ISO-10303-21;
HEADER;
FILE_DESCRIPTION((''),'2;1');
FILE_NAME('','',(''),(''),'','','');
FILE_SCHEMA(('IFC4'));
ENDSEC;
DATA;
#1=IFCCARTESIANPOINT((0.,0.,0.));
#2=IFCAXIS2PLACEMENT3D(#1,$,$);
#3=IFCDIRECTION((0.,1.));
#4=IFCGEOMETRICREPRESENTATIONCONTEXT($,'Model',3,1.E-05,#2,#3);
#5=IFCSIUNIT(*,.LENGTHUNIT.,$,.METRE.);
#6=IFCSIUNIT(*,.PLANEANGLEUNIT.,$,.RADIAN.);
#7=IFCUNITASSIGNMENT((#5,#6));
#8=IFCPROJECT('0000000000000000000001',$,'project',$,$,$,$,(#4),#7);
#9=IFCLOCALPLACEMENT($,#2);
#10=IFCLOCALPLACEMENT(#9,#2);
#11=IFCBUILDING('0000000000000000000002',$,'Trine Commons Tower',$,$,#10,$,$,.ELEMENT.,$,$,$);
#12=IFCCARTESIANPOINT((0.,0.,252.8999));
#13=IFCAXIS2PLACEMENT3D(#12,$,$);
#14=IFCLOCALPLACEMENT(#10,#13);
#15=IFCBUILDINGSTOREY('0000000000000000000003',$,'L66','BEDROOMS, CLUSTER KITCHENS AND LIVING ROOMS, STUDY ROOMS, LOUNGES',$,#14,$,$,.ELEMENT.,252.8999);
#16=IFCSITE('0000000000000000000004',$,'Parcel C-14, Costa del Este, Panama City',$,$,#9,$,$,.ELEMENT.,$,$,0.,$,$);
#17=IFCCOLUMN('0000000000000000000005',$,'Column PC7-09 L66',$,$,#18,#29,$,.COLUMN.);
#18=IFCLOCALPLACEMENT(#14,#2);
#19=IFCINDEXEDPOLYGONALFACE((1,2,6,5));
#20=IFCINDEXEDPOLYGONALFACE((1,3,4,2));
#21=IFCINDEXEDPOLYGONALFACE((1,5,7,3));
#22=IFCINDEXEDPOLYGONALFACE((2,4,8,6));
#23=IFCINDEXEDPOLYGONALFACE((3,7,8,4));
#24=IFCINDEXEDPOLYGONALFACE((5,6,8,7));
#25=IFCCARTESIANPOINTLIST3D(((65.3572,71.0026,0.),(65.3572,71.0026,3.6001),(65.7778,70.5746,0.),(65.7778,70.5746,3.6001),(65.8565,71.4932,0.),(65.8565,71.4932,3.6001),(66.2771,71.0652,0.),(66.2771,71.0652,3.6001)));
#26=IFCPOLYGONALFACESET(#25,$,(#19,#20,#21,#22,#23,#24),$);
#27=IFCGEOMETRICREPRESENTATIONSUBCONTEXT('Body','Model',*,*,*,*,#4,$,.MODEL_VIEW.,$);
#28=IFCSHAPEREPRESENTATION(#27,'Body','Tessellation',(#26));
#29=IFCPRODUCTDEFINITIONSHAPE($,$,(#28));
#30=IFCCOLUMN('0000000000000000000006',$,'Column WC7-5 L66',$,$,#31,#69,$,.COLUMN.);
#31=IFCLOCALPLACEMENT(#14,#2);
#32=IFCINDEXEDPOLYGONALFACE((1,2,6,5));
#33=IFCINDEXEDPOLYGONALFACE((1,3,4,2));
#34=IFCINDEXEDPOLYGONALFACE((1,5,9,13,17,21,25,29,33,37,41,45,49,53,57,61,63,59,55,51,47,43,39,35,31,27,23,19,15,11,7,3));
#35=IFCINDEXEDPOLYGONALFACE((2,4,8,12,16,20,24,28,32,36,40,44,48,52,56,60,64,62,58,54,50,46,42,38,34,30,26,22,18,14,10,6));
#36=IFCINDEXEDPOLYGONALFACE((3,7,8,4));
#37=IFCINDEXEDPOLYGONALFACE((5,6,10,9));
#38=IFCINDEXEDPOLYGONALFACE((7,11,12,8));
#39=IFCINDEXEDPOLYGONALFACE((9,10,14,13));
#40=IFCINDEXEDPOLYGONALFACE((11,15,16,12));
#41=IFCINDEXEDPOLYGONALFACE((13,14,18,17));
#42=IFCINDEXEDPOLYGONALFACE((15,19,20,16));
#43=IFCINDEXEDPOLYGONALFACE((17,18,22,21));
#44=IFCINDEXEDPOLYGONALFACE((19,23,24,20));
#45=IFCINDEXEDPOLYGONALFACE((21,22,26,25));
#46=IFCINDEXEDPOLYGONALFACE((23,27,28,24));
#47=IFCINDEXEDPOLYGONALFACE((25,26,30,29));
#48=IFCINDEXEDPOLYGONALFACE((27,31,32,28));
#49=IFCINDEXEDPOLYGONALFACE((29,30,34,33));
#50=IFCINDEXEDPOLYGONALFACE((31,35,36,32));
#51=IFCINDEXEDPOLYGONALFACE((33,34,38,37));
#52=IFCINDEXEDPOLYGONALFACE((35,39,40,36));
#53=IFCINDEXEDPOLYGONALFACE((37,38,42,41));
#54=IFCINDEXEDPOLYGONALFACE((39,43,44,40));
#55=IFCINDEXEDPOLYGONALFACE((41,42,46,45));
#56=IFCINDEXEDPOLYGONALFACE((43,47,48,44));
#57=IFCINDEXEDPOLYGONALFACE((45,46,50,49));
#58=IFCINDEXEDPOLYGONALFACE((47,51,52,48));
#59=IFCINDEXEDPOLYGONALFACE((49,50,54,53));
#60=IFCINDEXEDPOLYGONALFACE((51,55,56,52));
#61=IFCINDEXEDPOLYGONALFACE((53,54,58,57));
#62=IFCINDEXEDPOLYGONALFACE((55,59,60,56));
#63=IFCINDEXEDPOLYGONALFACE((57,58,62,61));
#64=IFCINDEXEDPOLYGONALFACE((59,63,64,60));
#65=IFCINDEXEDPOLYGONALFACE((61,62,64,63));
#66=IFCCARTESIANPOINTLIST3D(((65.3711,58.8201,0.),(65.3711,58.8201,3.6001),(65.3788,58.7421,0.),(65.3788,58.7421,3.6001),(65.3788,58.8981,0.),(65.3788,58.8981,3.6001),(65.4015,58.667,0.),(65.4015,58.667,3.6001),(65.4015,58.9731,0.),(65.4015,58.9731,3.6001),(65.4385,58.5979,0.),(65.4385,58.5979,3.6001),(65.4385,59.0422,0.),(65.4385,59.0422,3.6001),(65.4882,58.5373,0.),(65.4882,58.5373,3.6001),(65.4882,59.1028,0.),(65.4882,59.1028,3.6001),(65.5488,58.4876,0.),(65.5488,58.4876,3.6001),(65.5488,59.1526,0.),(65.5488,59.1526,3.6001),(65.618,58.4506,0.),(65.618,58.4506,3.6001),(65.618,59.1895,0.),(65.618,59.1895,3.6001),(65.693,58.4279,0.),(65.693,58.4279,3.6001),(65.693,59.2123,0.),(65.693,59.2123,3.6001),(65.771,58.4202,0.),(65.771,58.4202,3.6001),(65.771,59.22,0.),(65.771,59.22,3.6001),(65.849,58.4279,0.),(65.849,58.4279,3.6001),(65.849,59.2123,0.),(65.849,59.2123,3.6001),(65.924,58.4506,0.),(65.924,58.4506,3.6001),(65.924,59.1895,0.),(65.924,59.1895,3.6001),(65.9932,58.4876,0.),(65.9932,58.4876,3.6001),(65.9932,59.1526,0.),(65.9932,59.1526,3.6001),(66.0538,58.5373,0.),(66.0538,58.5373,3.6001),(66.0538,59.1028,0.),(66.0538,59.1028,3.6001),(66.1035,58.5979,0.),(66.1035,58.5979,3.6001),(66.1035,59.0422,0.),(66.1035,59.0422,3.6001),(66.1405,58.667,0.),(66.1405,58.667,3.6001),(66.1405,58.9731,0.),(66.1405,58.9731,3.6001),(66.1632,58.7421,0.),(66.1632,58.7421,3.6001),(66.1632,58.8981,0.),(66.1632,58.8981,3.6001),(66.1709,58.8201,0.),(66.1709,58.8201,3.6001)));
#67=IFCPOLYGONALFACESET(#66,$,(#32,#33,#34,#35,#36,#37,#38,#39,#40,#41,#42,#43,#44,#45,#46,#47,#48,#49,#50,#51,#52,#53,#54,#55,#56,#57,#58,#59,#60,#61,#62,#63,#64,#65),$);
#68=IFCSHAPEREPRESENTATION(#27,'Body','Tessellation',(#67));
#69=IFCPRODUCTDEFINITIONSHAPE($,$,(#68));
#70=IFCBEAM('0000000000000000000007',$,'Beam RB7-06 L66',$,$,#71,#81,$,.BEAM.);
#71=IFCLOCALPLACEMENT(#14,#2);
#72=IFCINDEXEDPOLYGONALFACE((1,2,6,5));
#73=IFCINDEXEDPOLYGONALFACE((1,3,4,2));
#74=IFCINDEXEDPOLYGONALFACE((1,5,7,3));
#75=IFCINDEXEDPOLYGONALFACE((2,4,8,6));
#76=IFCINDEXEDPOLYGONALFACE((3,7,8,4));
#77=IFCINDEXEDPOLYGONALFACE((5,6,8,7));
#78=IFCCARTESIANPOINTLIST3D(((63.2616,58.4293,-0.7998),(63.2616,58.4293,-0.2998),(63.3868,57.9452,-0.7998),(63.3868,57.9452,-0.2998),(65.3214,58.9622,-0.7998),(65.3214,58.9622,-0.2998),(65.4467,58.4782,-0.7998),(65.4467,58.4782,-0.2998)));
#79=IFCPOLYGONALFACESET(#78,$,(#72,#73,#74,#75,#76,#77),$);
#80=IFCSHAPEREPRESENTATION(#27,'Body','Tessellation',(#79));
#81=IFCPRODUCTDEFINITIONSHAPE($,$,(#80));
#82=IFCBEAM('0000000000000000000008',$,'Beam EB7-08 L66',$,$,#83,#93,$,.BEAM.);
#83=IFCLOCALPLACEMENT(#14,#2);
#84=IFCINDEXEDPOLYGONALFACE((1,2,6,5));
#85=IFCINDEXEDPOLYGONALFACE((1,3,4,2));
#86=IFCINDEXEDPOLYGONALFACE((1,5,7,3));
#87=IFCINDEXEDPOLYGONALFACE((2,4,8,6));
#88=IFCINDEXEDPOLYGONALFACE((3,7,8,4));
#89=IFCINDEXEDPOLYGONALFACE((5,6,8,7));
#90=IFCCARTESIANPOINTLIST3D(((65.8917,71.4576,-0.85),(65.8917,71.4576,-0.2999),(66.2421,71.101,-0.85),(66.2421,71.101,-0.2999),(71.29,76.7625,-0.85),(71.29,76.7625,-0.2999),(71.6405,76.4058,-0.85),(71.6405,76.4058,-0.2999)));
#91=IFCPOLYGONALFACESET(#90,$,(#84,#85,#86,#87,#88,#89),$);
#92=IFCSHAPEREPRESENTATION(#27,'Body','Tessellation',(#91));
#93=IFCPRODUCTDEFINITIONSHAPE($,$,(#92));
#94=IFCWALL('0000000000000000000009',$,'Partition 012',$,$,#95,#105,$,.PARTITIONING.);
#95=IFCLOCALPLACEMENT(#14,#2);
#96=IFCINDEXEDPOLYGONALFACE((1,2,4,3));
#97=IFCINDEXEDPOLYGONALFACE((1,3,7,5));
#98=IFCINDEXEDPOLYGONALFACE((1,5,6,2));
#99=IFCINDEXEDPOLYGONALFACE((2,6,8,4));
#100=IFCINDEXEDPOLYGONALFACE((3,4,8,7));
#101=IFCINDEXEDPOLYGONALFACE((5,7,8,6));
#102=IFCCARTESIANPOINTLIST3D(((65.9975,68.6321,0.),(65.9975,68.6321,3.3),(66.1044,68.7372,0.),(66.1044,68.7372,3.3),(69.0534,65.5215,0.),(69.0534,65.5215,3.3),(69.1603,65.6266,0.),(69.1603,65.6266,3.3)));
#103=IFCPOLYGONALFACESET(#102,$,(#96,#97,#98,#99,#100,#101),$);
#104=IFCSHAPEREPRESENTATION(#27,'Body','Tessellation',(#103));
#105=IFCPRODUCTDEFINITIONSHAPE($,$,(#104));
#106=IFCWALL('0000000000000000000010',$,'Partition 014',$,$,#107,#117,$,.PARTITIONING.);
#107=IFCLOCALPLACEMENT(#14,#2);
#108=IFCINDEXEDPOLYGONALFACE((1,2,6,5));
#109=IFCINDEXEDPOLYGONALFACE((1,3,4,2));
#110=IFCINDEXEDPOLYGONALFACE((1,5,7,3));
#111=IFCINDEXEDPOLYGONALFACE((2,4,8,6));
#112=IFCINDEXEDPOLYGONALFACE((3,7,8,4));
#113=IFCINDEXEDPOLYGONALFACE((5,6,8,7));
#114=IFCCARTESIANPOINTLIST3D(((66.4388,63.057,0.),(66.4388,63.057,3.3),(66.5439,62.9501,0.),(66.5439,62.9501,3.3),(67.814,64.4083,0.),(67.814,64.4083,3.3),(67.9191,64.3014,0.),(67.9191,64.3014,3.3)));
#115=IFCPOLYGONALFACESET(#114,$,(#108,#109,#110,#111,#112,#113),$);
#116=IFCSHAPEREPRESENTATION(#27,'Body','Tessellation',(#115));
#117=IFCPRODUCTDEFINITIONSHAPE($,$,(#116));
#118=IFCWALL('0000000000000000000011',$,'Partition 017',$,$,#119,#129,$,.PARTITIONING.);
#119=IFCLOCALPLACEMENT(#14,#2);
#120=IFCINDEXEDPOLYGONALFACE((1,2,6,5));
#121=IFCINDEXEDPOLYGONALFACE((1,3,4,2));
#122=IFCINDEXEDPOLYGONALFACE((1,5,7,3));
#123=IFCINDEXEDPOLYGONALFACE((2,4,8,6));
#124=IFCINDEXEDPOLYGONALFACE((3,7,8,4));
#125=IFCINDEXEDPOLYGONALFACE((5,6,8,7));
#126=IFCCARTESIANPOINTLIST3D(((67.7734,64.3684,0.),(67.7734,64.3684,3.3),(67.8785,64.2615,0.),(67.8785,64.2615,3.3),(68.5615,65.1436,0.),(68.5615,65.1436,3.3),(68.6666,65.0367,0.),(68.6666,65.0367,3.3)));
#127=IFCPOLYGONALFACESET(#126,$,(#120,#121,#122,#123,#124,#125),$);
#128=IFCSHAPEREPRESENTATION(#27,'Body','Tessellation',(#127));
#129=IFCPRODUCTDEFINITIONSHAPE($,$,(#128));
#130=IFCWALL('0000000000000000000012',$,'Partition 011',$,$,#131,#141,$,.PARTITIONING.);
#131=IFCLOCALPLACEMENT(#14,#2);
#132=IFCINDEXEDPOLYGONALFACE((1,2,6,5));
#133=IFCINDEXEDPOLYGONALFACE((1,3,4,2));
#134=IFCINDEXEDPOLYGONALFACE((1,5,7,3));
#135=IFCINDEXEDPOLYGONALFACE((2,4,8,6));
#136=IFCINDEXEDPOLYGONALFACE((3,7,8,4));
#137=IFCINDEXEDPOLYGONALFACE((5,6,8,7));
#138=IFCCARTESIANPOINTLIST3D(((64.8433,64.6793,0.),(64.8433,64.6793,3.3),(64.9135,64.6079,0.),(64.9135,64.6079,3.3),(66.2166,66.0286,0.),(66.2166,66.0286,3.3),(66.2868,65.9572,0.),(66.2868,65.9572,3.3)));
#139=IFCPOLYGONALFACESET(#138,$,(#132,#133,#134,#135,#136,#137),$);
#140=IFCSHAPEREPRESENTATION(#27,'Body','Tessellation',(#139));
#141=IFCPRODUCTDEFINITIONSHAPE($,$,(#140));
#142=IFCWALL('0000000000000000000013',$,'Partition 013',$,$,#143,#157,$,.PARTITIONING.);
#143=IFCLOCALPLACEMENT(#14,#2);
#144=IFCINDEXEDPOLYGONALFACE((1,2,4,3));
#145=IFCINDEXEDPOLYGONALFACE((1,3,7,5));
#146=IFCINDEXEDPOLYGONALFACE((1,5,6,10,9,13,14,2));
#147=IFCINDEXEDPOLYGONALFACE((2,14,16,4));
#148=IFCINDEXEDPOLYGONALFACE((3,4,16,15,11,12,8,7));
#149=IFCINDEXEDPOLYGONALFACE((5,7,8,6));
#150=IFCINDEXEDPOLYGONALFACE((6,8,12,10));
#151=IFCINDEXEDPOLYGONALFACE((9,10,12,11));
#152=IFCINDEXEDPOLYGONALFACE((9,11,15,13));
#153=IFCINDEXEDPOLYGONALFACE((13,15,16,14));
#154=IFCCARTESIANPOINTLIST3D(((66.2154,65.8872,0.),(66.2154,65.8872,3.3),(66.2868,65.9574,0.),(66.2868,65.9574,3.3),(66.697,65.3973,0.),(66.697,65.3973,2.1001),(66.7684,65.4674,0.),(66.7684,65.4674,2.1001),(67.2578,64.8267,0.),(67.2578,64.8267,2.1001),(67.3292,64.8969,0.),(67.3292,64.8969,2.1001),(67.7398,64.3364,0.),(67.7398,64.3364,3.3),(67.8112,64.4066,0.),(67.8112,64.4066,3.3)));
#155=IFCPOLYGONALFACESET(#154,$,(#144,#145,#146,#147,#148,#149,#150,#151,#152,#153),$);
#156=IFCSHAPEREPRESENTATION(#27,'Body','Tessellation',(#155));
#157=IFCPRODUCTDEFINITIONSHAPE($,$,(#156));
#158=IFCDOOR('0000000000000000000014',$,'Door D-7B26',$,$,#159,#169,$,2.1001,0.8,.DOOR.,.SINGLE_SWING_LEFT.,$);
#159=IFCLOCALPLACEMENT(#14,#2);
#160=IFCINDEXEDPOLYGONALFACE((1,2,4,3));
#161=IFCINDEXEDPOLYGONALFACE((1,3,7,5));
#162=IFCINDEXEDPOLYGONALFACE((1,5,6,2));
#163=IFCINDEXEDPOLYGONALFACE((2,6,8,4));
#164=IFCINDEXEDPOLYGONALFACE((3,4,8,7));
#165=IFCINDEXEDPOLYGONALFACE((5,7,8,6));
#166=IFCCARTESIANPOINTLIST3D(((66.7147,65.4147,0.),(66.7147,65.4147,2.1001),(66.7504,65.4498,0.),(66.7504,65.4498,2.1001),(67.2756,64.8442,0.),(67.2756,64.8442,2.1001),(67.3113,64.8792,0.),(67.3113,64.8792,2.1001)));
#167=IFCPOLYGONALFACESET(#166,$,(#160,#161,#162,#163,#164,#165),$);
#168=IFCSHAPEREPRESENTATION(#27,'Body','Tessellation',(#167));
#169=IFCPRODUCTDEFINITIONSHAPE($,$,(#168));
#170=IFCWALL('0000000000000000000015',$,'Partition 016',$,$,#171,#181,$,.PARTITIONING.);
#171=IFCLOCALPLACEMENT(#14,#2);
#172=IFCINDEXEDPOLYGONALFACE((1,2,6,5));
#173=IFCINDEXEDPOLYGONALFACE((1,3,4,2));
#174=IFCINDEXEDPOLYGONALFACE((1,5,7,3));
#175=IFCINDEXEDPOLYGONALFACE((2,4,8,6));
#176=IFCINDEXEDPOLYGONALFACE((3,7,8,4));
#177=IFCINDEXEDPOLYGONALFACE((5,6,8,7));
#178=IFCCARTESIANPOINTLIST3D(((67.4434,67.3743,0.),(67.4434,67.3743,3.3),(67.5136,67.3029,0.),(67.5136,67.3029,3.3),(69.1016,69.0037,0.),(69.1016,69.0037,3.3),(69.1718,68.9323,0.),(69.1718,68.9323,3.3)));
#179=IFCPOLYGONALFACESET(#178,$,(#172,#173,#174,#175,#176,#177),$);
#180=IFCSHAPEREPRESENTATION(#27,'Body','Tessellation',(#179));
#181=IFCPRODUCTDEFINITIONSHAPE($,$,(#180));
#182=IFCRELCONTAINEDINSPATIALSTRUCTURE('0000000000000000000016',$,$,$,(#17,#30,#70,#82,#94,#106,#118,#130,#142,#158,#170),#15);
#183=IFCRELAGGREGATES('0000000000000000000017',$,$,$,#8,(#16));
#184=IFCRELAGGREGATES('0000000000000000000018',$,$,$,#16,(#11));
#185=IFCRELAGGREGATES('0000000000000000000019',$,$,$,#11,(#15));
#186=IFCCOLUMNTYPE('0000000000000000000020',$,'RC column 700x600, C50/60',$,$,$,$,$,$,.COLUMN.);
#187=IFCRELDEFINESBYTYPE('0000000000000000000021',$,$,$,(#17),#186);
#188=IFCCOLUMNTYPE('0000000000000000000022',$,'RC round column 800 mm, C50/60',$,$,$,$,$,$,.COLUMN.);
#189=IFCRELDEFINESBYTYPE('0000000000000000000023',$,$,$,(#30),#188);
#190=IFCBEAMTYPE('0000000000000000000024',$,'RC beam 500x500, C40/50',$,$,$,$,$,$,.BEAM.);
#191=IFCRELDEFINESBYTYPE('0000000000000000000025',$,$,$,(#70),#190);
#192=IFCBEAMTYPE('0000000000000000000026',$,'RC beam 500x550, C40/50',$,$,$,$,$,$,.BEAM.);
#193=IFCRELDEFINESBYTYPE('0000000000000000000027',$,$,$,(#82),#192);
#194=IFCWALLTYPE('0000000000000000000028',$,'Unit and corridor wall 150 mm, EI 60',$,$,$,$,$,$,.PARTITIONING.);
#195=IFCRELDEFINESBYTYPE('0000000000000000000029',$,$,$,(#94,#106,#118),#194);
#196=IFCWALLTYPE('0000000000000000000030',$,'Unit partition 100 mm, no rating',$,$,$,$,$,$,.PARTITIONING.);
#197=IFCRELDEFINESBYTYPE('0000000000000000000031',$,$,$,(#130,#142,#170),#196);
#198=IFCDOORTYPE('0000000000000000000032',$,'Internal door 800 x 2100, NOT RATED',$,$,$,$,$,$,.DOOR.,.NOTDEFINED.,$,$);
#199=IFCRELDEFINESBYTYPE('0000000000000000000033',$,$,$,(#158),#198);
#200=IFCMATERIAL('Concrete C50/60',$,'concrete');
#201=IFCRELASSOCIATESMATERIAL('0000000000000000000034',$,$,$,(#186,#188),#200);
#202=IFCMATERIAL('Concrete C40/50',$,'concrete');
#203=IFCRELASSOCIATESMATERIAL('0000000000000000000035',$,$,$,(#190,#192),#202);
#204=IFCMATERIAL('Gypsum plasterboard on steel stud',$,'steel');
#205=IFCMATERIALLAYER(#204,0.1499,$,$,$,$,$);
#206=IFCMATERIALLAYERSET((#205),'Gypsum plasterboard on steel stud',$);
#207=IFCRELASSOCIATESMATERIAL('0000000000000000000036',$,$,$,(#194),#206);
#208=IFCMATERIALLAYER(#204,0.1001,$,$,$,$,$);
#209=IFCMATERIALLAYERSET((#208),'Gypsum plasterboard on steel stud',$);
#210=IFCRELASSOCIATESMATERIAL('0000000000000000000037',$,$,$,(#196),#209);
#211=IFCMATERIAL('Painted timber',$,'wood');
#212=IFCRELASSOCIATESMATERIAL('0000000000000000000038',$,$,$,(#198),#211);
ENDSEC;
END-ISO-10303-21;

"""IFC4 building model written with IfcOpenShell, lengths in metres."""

from ifc_helpers import new_model, si_unit, direction, frame, frame_2d, origin, origin_2d, place, context, subcontext, project, spatial, rectangle, circle, extrude, material, layer, layer_set, material_profile, profile_set, type_object, element, fill, save


model = new_model("IFC4")

# Units and contexts
model_context = context("Model", 3, precision=1e-05, world=origin(), true_north=direction((0.0, 1.0)))
body_context = subcontext(model_context, "Body", "Model", "MODEL_VIEW")
ifc_project = project(units=[si_unit("LENGTHUNIT", "METRE"), si_unit("PLANEANGLEUNIT", "RADIAN")], contexts=[model_context])

# Site, building, storey
site_placement = place(None, origin())
site = spatial("IfcSite", under=ifc_project, at=site_placement, Name="Parcel C-14, Costa del Este, Panama City", CompositionType="ELEMENT", RefElevation=0.0)
building_placement = place(site_placement, origin())
building = spatial("IfcBuilding", under=site, at=building_placement, Name="Trine Commons Tower", CompositionType="ELEMENT")
storey_placement = place(building_placement, frame((0.0, 0.0, 252.8999)))
storey = spatial("IfcBuildingStorey", under=building, at=storey_placement, Name="L66", Description="BEDROOMS, CLUSTER KITCHENS AND LIVING ROOMS, STUDY ROOMS, LOUNGES", CompositionType="ELEMENT", Elevation=252.8999)

# Columns
ifc_material_1 = material(Name="Concrete C50/60", Category="concrete")
ifc_material_profile_1 = material_profile(ifc_material_1, rectangle(XDim=0.7, YDim=0.6001, at=origin_2d()), Name="RC 700x600")
ifc_profile_set_1 = profile_set([ifc_material_profile_1], Name="Concrete C50/60")
column_type_1 = type_object("IfcColumnType", Name="RC column 700x600, C50/60", PredefinedType="COLUMN", material=ifc_profile_set_1)
column_1_placement = place(storey_placement, frame((65.8171, 71.0339, 0.0), z_axis=(0.0, 0.0, 1.0), x_axis=(0.71325, 0.700909, 0.0)))
element("IfcColumn", 1, at=column_1_placement, inside=storey, type_object=column_type_1, Name="Column PC7-09 L66", PredefinedType="COLUMN", context=body_context, shape_type="SweptSolid", body=[
    extrude(rectangle(XDim=0.7, YDim=0.6001, at=origin_2d()), origin(), (0.0, 0.0, 1.0), 3.6001),
])
ifc_material_profile_2 = material_profile(ifc_material_1, circle(Radius=0.3999, at=origin_2d()), Name="RC round 800")
ifc_profile_set_2 = profile_set([ifc_material_profile_2], Name="Concrete C50/60")
column_type_2 = type_object("IfcColumnType", Name="RC round column 800 mm, C50/60", PredefinedType="COLUMN", material=ifc_profile_set_2)
column_2_placement = place(storey_placement, frame((65.771, 58.8201, 0.0), z_axis=(0.0, 0.0, 1.0), x_axis=(1.0, 0.0, 0.0)))
element("IfcColumn", 2, at=column_2_placement, inside=storey, type_object=column_type_2, Name="Column WC7-5 L66", PredefinedType="COLUMN", context=body_context, shape_type="SweptSolid", body=[
    extrude(circle(Radius=0.3999, at=origin_2d()), origin(), (0.0, 0.0, 1.0), 3.6001),
])

# Beams
ifc_material_2 = material(Name="Concrete C40/50", Category="concrete")
ifc_material_profile_3 = material_profile(ifc_material_2, rectangle(XDim=0.5, YDim=0.5, at=origin_2d()), Name="RC 500x500")
ifc_profile_set_3 = profile_set([ifc_material_profile_3], Name="Concrete C40/50")
beam_type_1 = type_object("IfcBeamType", Name="RC beam 500x500, C40/50", PredefinedType="BEAM", material=ifc_profile_set_3)
beam_1_placement = place(storey_placement, frame((65.384, 58.7202, -0.5498), z_axis=(-0.968119, -0.250492, 0.0), x_axis=(0.250492, -0.968119, 0.0)))
element("IfcBeam", 3, at=beam_1_placement, inside=storey, type_object=beam_type_1, Name="Beam RB7-06 L66", PredefinedType="BEAM", context=body_context, shape_type="SweptSolid", body=[
    extrude(rectangle(XDim=0.5, YDim=0.5, at=origin_2d()), origin(), (0.0, 0.0, 1.0), 2.1277),
])
ifc_material_profile_4 = material_profile(ifc_material_2, rectangle(XDim=0.5, YDim=0.55, at=origin_2d()), Name="RC 500x550")
ifc_profile_set_4 = profile_set([ifc_material_profile_4], Name="Concrete C40/50")
beam_type_2 = type_object("IfcBeamType", Name="RC beam 500x550, C40/50", PredefinedType="BEAM", material=ifc_profile_set_4)
beam_2_placement = place(storey_placement, frame((66.0669, 71.2793, -0.575), z_axis=(0.713257, 0.700903, 0.0), x_axis=(-0.700903, 0.713257, 0.0)))
element("IfcBeam", 4, at=beam_2_placement, inside=storey, type_object=beam_type_2, Name="Beam EB7-08 L66", PredefinedType="BEAM", context=body_context, shape_type="SweptSolid", body=[
    extrude(rectangle(XDim=0.5, YDim=0.55, at=origin_2d()), origin(), (0.0, 0.0, 1.0), 7.5686),
])

# Walls
ifc_material_3 = material(Name="Gypsum plasterboard on steel stud", Category="steel")
ifc_layer_1 = layer(ifc_material_3, 0.1499)
ifc_layer_set_1 = layer_set([ifc_layer_1], Name="Gypsum plasterboard on steel stud")
wall_type_1 = type_object("IfcWallType", Name="Unit and corridor wall 150 mm, EI 60", PredefinedType="PARTITIONING", material=ifc_layer_set_1)
wall_1_placement = place(storey_placement, frame((66.051, 68.6846, 0.0), z_axis=(0.0, 0.0, 1.0), x_axis=(0.700808, -0.71335, 0.0)))
element("IfcWall", 5, at=wall_1_placement, inside=storey, type_object=wall_type_1, Name="Partition 012", PredefinedType="PARTITIONING", context=body_context, shape_type="SweptSolid", body=[
    extrude(rectangle(XDim=4.3606, YDim=0.1499, at=frame_2d((2.1802, 0.0))), origin(), (0.0, 0.0, 1.0), 3.3),
])
wall_2_placement = place(storey_placement, frame((66.4915, 63.0037, 0.0), z_axis=(0.0, 0.0, 1.0), x_axis=(0.713284, 0.700875, 0.0)))
element("IfcWall", 6, at=wall_2_placement, inside=storey, type_object=wall_type_1, Name="Partition 014", PredefinedType="PARTITIONING", context=body_context, shape_type="SweptSolid", body=[
    extrude(rectangle(XDim=1.928, YDim=0.1499, at=frame_2d((0.9639, 0.0))), origin(), (0.0, 0.0, 1.0), 3.3),
])
wall_3_placement = place(storey_placement, frame((67.8259, 64.3149, 0.0), z_axis=(0.0, 0.0, 1.0), x_axis=(0.712935, 0.70123, 0.0)))
element("IfcWall", 7, at=wall_3_placement, inside=storey, type_object=wall_type_1, Name="Partition 017", PredefinedType="PARTITIONING", context=body_context, shape_type="SweptSolid", body=[
    extrude(rectangle(XDim=1.1055, YDim=0.1499, at=frame_2d((0.5527, 0.0))), origin(), (0.0, 0.0, 1.0), 3.3),
])
ifc_layer_2 = layer(ifc_material_3, 0.1001)
ifc_layer_set_2 = layer_set([ifc_layer_2], Name="Gypsum plasterboard on steel stud")
wall_type_2 = type_object("IfcWallType", Name="Unit partition 100 mm, no rating", PredefinedType="PARTITIONING", material=ifc_layer_set_2)
wall_4_placement = place(storey_placement, frame((64.8784, 64.6436, 0.0), z_axis=(0.0, 0.0, 1.0), x_axis=(0.713293, 0.700866, 0.0)))
element("IfcWall", 8, at=wall_4_placement, inside=storey, type_object=wall_type_2, Name="Partition 011", PredefinedType="PARTITIONING", context=body_context, shape_type="SweptSolid", body=[
    extrude(rectangle(XDim=1.9253, YDim=0.1001, at=frame_2d((0.9626, 0.0))), origin(), (0.0, 0.0, 1.0), 3.3),
])

# Wall, opening, door
wall_5_placement = place(storey_placement, frame((66.251, 65.9224, 0.0), z_axis=(0.0, 0.0, 1.0), x_axis=(0.701018, -0.713143, 0.0)))
wall_5 = element("IfcWall", 9, at=wall_5_placement, inside=storey, type_object=wall_type_2, Name="Partition 013", PredefinedType="PARTITIONING", context=body_context, shape_type="SweptSolid", body=[
    extrude(rectangle(XDim=2.1746, YDim=0.1001, at=frame_2d((1.0874, 0.0))), origin(), (0.0, 0.0, 1.0), 3.3),
])
opening_placement = place(wall_5_placement, frame((0.6873, 0.0, 0.0)))
opening = element("IfcOpeningElement", 10, at=opening_placement, cuts=wall_5, PredefinedType="OPENING", context=body_context, shape_type="SweptSolid", body=[
    extrude(rectangle(XDim=0.8, YDim=2.1001, at=frame_2d((0.3999, 1.05))), frame((0.0, 0.0601, 0.0), z_axis=(0.0, -1.0, 0.0), x_axis=(1.0, 0.0, 0.0)), (0.0, 0.0, 1.0), 0.1201),
])
ifc_material_4 = material(Name="Painted timber", Category="wood")
door_type = type_object("IfcDoorType", Name="Internal door 800 x 2100, NOT RATED", OperationType="NOTDEFINED", PredefinedType="DOOR", material=ifc_material_4)
door_placement = place(opening_placement, origin())
door = element("IfcDoor", 11, at=door_placement, inside=storey, type_object=door_type, Name="Door D-7B26", OperationType="SINGLE_SWING_LEFT", OverallHeight=2.1001, OverallWidth=0.8, PredefinedType="DOOR", context=body_context, shape_type="SweptSolid", body=[
    extrude(rectangle(XDim=0.8, YDim=2.1001, at=frame_2d((0.3999, 1.05))), frame((0.0, 0.0249, 0.0), z_axis=(0.0, -1.0, 0.0), x_axis=(1.0, 0.0, 0.0)), (0.0, 0.0, 1.0), 0.05),
])
fill(opening, door)

# Wall
wall_6_placement = place(storey_placement, frame((67.4785, 67.3386, 0.0), z_axis=(0.0, 0.0, 1.0), x_axis=(0.713276, 0.700884, 0.0)))
element("IfcWall", 12, at=wall_6_placement, inside=storey, type_object=wall_type_2, Name="Partition 016", PredefinedType="PARTITIONING", context=body_context, shape_type="SweptSolid", body=[
    extrude(rectangle(XDim=2.3247, YDim=0.1001, at=frame_2d((1.1624, 0.0))), origin(), (0.0, 0.0, 1.0), 3.3),
])

save(model, "model.ifc")
